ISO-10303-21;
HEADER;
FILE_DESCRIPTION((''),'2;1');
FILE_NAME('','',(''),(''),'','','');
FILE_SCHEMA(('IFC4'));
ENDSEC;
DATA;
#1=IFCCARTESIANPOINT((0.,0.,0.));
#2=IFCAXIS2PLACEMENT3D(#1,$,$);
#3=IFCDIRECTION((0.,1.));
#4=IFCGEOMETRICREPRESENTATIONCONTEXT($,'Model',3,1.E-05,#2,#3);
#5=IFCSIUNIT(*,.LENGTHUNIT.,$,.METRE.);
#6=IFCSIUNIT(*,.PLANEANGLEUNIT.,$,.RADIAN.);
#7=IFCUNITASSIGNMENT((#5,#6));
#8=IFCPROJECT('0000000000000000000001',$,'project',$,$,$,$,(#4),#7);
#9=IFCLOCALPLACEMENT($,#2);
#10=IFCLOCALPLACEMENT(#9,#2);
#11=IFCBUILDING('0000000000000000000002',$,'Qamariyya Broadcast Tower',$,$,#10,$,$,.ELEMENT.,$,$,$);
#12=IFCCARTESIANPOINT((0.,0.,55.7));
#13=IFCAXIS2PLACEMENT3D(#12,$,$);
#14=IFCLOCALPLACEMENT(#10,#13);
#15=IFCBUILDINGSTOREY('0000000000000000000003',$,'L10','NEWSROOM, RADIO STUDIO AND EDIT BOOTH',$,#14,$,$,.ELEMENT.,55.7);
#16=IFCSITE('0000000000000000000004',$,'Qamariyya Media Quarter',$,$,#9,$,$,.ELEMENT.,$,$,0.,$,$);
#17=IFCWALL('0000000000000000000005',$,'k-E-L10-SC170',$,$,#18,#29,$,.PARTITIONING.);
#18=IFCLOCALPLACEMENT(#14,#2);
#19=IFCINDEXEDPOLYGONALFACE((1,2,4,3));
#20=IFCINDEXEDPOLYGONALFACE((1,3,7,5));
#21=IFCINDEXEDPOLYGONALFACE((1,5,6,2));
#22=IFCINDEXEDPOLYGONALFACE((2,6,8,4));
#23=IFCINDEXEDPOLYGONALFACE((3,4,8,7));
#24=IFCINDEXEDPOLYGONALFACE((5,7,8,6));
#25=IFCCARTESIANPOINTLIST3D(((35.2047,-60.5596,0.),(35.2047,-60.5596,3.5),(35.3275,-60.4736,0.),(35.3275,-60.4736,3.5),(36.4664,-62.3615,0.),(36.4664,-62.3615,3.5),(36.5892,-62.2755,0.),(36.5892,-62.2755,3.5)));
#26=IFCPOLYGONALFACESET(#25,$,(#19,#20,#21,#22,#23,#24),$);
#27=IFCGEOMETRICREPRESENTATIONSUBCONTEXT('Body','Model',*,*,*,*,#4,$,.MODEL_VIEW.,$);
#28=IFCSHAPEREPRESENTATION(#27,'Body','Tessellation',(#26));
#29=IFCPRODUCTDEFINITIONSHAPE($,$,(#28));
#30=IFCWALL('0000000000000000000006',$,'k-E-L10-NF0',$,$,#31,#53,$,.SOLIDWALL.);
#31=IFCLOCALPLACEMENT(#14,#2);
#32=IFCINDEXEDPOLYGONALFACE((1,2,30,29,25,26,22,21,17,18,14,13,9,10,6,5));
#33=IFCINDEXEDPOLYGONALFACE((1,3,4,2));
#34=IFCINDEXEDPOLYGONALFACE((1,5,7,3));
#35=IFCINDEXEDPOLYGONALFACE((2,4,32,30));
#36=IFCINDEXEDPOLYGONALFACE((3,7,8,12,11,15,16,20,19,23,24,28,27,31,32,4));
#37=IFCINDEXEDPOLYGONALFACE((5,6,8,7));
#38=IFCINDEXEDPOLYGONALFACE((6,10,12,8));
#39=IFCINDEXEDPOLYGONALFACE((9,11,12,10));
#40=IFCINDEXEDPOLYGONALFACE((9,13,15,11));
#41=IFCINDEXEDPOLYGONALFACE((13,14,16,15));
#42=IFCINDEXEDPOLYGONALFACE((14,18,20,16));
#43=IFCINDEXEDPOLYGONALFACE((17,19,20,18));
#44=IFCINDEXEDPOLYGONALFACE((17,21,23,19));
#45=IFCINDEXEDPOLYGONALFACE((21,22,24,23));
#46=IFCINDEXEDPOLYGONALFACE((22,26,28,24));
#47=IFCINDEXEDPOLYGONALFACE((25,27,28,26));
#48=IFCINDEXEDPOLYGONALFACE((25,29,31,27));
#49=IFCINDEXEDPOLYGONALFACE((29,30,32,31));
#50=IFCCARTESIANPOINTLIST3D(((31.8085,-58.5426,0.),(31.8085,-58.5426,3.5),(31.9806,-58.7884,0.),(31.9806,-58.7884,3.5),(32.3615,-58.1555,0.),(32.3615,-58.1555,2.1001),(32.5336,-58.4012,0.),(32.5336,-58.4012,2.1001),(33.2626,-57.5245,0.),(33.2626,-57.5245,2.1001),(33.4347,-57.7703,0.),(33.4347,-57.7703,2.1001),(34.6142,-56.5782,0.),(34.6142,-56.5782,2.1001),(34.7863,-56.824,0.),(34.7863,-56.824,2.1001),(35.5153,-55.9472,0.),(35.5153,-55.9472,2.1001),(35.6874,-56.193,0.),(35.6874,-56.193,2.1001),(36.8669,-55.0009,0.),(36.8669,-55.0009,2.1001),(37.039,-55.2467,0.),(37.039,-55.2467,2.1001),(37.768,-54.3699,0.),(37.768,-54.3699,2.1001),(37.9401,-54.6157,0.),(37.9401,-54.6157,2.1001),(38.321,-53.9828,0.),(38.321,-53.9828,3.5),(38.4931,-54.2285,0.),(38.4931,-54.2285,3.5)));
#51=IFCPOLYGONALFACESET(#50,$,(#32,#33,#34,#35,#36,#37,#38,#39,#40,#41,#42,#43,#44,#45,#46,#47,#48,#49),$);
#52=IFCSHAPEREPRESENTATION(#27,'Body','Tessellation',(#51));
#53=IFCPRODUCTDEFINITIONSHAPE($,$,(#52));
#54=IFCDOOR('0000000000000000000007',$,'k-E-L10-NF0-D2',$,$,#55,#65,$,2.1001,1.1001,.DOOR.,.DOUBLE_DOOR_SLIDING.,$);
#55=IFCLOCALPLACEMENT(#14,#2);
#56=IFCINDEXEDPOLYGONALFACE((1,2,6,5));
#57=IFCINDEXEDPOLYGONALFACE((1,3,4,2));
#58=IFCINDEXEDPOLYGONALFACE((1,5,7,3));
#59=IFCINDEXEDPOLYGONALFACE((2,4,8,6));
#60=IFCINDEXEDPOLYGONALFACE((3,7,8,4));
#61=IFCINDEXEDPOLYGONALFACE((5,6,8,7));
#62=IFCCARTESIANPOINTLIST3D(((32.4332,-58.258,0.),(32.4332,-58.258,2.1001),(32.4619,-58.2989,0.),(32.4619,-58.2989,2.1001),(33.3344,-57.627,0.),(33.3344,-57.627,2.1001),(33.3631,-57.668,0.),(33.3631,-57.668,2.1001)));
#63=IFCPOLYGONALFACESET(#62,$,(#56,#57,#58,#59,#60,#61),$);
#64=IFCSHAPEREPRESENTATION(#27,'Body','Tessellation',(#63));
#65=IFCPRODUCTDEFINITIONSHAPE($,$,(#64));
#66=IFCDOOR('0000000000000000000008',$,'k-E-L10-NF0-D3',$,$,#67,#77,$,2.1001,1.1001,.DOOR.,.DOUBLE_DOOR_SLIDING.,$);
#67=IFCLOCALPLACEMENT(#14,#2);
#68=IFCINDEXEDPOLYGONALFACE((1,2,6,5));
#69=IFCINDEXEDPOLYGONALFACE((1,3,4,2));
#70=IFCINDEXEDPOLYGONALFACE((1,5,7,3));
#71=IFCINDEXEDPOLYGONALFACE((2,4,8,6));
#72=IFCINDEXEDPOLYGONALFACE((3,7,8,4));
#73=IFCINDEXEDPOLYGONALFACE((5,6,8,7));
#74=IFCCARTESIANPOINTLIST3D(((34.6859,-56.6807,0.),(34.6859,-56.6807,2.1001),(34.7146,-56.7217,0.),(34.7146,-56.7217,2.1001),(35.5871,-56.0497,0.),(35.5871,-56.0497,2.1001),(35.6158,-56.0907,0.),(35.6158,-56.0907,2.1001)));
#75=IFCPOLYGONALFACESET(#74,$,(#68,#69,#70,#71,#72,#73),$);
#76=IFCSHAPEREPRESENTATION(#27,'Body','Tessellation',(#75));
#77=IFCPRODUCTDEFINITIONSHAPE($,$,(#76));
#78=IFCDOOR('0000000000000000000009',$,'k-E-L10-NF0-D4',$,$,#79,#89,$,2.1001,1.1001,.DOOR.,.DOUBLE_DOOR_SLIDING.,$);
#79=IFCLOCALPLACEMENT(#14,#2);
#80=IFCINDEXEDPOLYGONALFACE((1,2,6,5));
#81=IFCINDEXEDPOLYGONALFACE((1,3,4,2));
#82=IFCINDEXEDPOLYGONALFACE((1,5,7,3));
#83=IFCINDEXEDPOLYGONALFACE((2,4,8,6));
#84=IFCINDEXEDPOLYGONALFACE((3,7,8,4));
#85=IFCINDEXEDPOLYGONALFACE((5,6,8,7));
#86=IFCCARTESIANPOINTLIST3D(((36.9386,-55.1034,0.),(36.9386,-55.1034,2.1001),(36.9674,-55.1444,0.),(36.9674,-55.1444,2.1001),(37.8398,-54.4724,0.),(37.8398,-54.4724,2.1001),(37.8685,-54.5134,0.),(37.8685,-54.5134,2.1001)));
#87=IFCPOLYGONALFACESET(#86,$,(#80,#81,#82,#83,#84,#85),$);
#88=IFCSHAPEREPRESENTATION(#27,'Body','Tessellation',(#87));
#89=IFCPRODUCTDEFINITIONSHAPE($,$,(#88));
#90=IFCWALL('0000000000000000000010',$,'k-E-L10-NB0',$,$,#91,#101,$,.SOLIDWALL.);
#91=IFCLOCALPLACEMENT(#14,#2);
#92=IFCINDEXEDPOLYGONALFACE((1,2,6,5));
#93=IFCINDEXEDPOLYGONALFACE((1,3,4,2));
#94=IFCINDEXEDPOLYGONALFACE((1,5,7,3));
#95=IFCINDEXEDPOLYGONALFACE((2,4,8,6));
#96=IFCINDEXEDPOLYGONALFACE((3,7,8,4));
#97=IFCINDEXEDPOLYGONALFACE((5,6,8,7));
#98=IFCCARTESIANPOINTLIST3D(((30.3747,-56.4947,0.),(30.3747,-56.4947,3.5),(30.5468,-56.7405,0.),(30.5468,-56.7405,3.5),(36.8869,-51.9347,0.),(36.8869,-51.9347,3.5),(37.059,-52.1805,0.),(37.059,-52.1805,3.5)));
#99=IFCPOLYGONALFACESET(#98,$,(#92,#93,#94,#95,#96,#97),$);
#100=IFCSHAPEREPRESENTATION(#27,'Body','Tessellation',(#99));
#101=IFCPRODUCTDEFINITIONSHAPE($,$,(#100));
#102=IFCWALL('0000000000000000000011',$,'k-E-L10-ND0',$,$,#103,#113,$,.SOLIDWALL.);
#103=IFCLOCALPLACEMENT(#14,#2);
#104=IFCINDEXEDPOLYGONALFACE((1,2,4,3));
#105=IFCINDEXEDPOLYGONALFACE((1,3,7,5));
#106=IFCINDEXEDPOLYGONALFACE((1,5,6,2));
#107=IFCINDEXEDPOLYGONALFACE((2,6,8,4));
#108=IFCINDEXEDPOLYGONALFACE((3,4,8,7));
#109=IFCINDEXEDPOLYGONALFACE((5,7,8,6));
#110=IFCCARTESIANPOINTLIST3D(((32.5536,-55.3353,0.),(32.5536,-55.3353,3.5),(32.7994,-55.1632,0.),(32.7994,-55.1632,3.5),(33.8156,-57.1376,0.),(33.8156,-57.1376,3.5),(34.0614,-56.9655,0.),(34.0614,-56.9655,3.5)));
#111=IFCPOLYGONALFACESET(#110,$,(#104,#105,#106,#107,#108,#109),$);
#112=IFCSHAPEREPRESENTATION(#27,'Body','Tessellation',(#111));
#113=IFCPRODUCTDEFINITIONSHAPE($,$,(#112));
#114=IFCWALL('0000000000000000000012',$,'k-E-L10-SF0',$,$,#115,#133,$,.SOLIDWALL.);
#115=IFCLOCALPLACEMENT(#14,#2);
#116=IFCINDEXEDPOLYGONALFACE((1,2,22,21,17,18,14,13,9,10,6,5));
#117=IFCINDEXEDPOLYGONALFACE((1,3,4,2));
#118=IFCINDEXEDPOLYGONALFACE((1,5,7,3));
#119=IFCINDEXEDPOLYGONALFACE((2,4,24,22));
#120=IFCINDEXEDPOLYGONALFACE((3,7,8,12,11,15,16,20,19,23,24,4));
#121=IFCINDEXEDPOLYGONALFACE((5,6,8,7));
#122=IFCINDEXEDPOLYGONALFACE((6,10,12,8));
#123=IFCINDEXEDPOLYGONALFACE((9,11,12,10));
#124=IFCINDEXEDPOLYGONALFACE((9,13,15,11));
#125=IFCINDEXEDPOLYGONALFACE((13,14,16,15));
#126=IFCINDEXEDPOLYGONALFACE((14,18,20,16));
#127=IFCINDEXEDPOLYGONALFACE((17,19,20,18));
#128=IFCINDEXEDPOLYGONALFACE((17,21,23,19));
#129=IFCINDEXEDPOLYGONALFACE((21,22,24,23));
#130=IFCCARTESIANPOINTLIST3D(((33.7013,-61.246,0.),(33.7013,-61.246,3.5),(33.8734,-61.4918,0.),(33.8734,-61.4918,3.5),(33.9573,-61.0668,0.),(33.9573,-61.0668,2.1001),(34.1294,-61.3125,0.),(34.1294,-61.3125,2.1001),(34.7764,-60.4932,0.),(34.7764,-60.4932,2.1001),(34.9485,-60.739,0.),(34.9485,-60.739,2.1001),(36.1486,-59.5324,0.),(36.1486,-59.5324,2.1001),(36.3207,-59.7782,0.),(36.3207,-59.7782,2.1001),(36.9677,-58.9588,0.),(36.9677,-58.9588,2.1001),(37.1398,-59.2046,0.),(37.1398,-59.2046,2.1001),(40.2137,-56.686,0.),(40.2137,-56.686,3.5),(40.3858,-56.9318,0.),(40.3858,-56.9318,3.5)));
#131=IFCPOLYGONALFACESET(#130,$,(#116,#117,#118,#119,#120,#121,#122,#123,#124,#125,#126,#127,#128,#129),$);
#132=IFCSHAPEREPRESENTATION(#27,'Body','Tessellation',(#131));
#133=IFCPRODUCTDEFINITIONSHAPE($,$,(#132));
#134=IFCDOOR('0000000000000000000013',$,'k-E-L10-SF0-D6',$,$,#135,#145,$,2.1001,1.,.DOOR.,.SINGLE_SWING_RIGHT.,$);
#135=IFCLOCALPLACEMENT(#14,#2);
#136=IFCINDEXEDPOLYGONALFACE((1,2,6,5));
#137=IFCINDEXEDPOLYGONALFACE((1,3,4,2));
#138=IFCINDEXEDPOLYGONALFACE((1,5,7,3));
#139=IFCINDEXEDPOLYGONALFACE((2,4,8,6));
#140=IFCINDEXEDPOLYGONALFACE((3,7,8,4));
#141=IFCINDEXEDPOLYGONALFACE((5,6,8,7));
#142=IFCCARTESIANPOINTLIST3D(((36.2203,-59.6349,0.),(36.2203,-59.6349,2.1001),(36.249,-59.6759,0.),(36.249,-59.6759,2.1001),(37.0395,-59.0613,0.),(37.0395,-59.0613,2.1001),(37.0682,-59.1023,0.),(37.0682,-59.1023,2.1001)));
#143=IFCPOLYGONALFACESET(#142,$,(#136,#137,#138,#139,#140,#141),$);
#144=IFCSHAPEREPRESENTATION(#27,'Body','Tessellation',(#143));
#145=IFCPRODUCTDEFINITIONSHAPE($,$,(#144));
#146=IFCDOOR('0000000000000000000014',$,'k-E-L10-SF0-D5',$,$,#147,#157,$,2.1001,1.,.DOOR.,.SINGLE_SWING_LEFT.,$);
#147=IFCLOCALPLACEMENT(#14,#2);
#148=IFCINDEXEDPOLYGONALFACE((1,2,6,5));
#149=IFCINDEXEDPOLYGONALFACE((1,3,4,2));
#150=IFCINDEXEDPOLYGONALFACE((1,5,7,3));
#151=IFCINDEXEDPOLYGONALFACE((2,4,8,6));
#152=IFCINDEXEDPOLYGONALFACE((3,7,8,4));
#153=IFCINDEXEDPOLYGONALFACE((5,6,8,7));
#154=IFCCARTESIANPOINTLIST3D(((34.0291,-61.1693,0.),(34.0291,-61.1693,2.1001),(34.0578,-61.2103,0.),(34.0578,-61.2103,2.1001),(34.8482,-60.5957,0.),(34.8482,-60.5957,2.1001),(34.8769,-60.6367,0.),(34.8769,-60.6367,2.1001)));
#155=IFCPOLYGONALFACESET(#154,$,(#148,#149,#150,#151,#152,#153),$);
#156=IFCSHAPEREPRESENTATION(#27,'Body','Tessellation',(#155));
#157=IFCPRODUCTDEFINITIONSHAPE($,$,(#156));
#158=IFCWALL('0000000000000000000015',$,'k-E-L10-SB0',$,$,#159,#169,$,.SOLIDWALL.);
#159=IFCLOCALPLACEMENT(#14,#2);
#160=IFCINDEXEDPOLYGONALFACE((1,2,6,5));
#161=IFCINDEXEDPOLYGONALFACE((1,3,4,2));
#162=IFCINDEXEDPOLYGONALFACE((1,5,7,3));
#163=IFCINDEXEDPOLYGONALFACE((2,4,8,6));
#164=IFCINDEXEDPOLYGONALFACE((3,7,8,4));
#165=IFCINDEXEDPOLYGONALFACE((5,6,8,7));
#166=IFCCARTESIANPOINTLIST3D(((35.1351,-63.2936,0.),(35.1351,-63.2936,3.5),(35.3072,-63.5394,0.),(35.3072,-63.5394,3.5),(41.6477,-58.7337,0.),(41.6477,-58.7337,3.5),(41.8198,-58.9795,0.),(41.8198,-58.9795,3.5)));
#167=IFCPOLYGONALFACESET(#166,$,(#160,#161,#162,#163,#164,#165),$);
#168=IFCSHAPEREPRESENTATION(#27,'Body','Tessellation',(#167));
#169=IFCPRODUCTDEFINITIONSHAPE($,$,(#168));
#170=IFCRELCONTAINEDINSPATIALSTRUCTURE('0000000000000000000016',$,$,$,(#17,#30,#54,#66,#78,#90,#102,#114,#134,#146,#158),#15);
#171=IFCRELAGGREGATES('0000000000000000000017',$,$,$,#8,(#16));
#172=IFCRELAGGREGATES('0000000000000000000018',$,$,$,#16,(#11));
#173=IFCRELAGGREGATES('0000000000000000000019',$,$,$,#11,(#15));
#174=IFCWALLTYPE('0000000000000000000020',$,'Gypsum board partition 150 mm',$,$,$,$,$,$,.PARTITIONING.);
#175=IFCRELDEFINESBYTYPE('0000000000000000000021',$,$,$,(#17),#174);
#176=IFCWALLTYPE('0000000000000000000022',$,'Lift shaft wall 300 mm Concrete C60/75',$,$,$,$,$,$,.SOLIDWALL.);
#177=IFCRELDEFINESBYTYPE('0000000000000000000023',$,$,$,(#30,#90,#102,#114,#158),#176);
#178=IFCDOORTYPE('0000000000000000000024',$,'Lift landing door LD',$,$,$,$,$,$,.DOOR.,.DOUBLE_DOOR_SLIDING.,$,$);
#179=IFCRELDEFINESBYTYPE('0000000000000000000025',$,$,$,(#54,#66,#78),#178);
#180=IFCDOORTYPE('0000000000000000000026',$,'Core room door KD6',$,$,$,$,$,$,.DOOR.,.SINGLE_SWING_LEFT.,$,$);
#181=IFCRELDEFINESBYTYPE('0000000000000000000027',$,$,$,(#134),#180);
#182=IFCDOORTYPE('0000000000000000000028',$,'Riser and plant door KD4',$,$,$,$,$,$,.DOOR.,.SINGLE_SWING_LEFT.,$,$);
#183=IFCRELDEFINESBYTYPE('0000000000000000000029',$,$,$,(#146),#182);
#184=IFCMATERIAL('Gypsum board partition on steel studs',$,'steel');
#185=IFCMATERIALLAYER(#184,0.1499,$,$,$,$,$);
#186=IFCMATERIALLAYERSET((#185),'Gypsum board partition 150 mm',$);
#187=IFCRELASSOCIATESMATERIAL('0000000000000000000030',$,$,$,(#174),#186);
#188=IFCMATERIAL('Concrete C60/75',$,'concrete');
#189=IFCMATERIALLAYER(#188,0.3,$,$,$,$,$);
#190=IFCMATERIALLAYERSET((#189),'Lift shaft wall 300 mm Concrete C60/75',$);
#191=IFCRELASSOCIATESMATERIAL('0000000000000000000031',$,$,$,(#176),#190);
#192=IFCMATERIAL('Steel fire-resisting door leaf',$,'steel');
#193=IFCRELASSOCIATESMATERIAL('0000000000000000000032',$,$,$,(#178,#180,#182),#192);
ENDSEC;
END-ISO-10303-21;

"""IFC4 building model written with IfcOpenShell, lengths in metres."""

from ifc_helpers import new_model, si_unit, direction, frame, frame_2d, origin, place, context, subcontext, project, spatial, rectangle, extrude, material, layer, layer_set, type_object, element, fill, save


model = new_model("IFC4")

# Units and contexts
model_context = context("Model", 3, precision=1e-05, world=origin(), true_north=direction((0.0, 1.0)))
body_context = subcontext(model_context, "Body", "Model", "MODEL_VIEW")
ifc_project = project(units=[si_unit("LENGTHUNIT", "METRE"), si_unit("PLANEANGLEUNIT", "RADIAN")], contexts=[model_context])

# Site, building, storey
site_placement = place(None, origin())
site = spatial("IfcSite", under=ifc_project, at=site_placement, Name="Qamariyya Media Quarter", CompositionType="ELEMENT", RefElevation=0.0)
building_placement = place(site_placement, origin())
building = spatial("IfcBuilding", under=site, at=building_placement, Name="Qamariyya Broadcast Tower", CompositionType="ELEMENT")
storey_placement = place(building_placement, frame((0.0, 0.0, 55.7)))
storey = spatial("IfcBuildingStorey", under=building, at=storey_placement, Name="L10", Description="NEWSROOM, RADIO STUDIO AND EDIT BOOTH", CompositionType="ELEMENT", Elevation=55.7)

# Wall
ifc_material_1 = material(Name="Gypsum board partition on steel studs", Category="steel")
ifc_layer_1 = layer(ifc_material_1, 0.1499)
ifc_layer_set_1 = layer_set([ifc_layer_1], Name="Gypsum board partition 150 mm")
wall_type_1 = type_object("IfcWallType", Name="Gypsum board partition 150 mm", PredefinedType="PARTITIONING", material=ifc_layer_set_1)
wall_1_placement = place(storey_placement, frame((35.2661, -60.5166, 0.0), z_axis=(0.0, 0.0, 1.0), x_axis=(0.573559, -0.819164, 0.0)))
element("IfcWall", 1, at=wall_1_placement, inside=storey, type_object=wall_type_1, Name="k-E-L10-SC170", PredefinedType="PARTITIONING", context=body_context, shape_type="SweptSolid", body=[
    extrude(rectangle(XDim=2.1997, YDim=0.1499, at=frame_2d((1.0999, 0.0))), origin(), (0.0, 0.0, 1.0), 3.5),
])

# Wall, openings, doors
ifc_material_2 = material(Name="Concrete C60/75", Category="concrete")
ifc_layer_2 = layer(ifc_material_2, 0.3)
ifc_layer_set_2 = layer_set([ifc_layer_2], Name="Lift shaft wall 300 mm Concrete C60/75")
wall_type_2 = type_object("IfcWallType", Name="Lift shaft wall 300 mm Concrete C60/75", PredefinedType="SOLIDWALL", material=ifc_layer_set_2)
wall_2_placement = place(storey_placement, frame((31.8945, -58.6655, 0.0), z_axis=(0.0, 0.0, 1.0), x_axis=(0.819167, 0.573555, 0.0)))
wall_2 = element("IfcWall", 2, at=wall_2_placement, inside=storey, type_object=wall_type_2, Name="k-E-L10-NF0", PredefinedType="SOLIDWALL", context=body_context, shape_type="SweptSolid", body=[
    extrude(rectangle(XDim=7.9502, YDim=0.3, at=frame_2d((3.9751, 0.0))), origin(), (0.0, 0.0, 1.0), 3.5),
])
opening_1_placement = place(wall_2_placement, frame((0.675, 0.0, 0.0)))
opening_1 = element("IfcOpeningElement", 3, at=opening_1_placement, cuts=wall_2, PredefinedType="OPENING", context=body_context, shape_type="SweptSolid", body=[
    extrude(rectangle(XDim=1.1001, YDim=2.1001, at=frame_2d((0.55, 1.05))), frame((0.0, 0.1599, 0.0), z_axis=(0.0, -1.0, 0.0), x_axis=(1.0, 0.0, 0.0)), (0.0, 0.0, 1.0), 0.3201),
])
opening_2_placement = place(wall_2_placement, frame((3.425, 0.0, 0.0)))
opening_2 = element("IfcOpeningElement", 4, at=opening_2_placement, cuts=wall_2, PredefinedType="OPENING", context=body_context, shape_type="SweptSolid", body=[
    extrude(rectangle(XDim=1.1001, YDim=2.1001, at=frame_2d((0.55, 1.05))), frame((0.0, 0.1599, 0.0), z_axis=(0.0, -1.0, 0.0), x_axis=(1.0, 0.0, 0.0)), (0.0, 0.0, 1.0), 0.3201),
])
opening_3_placement = place(wall_2_placement, frame((6.175, 0.0, 0.0)))
opening_3 = element("IfcOpeningElement", 5, at=opening_3_placement, cuts=wall_2, PredefinedType="OPENING", context=body_context, shape_type="SweptSolid", body=[
    extrude(rectangle(XDim=1.1001, YDim=2.1001, at=frame_2d((0.55, 1.05))), frame((0.0, 0.1599, 0.0), z_axis=(0.0, -1.0, 0.0), x_axis=(1.0, 0.0, 0.0)), (0.0, 0.0, 1.0), 0.3201),
])
ifc_material_3 = material(Name="Steel fire-resisting door leaf", Category="steel")
door_type_1 = type_object("IfcDoorType", Name="Lift landing door LD", OperationType="DOUBLE_DOOR_SLIDING", PredefinedType="DOOR", material=ifc_material_3)
door_1_placement = place(opening_1_placement, origin())
door_1 = element("IfcDoor", 6, at=door_1_placement, inside=storey, type_object=door_type_1, Name="k-E-L10-NF0-D2", OperationType="DOUBLE_DOOR_SLIDING", OverallHeight=2.1001, OverallWidth=1.1001, PredefinedType="DOOR", context=body_context, shape_type="SweptSolid", body=[
    extrude(rectangle(XDim=1.1001, YDim=2.1001, at=frame_2d((0.55, 1.05))), frame((0.0, 0.0249, 0.0), z_axis=(0.0, -1.0, 0.0), x_axis=(1.0, 0.0, 0.0)), (0.0, 0.0, 1.0), 0.05),
])
fill(opening_1, door_1)
door_2_placement = place(opening_2_placement, origin())
door_2 = element("IfcDoor", 7, at=door_2_placement, inside=storey, type_object=door_type_1, Name="k-E-L10-NF0-D3", OperationType="DOUBLE_DOOR_SLIDING", OverallHeight=2.1001, OverallWidth=1.1001, PredefinedType="DOOR", context=body_context, shape_type="SweptSolid", body=[
    extrude(rectangle(XDim=1.1001, YDim=2.1001, at=frame_2d((0.55, 1.05))), frame((0.0, 0.0249, 0.0), z_axis=(0.0, -1.0, 0.0), x_axis=(1.0, 0.0, 0.0)), (0.0, 0.0, 1.0), 0.05),
])
fill(opening_2, door_2)
door_3_placement = place(opening_3_placement, origin())
door_3 = element("IfcDoor", 8, at=door_3_placement, inside=storey, type_object=door_type_1, Name="k-E-L10-NF0-D4", OperationType="DOUBLE_DOOR_SLIDING", OverallHeight=2.1001, OverallWidth=1.1001, PredefinedType="DOOR", context=body_context, shape_type="SweptSolid", body=[
    extrude(rectangle(XDim=1.1001, YDim=2.1001, at=frame_2d((0.55, 1.05))), frame((0.0, 0.0249, 0.0), z_axis=(0.0, -1.0, 0.0), x_axis=(1.0, 0.0, 0.0)), (0.0, 0.0, 1.0), 0.05),
])
fill(opening_3, door_3)

# Walls
wall_3_placement = place(storey_placement, frame((30.4607, -56.6177, 0.0), z_axis=(0.0, 0.0, 1.0), x_axis=(0.819142, 0.57359, 0.0)))
element("IfcWall", 9, at=wall_3_placement, inside=storey, type_object=wall_type_2, Name="k-E-L10-NB0", PredefinedType="SOLIDWALL", context=body_context, shape_type="SweptSolid", body=[
    extrude(rectangle(XDim=7.95, YDim=0.3, at=frame_2d((3.9751, 0.0))), origin(), (0.0, 0.0, 1.0), 3.5),
])
wall_4_placement = place(storey_placement, frame((33.9385, -57.0515, 0.0), z_axis=(0.0, 0.0, 1.0), x_axis=(-0.573581, 0.819149, 0.0)))
element("IfcWall", 10, at=wall_4_placement, inside=storey, type_object=wall_type_2, Name="k-E-L10-ND0", PredefinedType="SOLIDWALL", context=body_context, shape_type="SweptSolid", body=[
    extrude(rectangle(XDim=2.2002, YDim=0.3, at=frame_2d((1.1001, 0.0))), origin(), (0.0, 0.0, 1.0), 3.5),
])

# Wall, openings, doors
wall_5_placement = place(storey_placement, frame((33.7874, -61.3689, 0.0), z_axis=(0.0, 0.0, 1.0), x_axis=(0.819153, 0.573576, 0.0)))
wall_5 = element("IfcWall", 11, at=wall_5_placement, inside=storey, type_object=wall_type_2, Name="k-E-L10-SF0", PredefinedType="SOLIDWALL", context=body_context, shape_type="SweptSolid", body=[
    extrude(rectangle(XDim=7.9502, YDim=0.3, at=frame_2d((3.9751, 0.0))), origin(), (0.0, 0.0, 1.0), 3.5),
])
opening_4_placement = place(wall_5_placement, frame((0.3125, 0.0, 0.0)))
opening_4 = element("IfcOpeningElement", 12, at=opening_4_placement, cuts=wall_5, PredefinedType="OPENING", context=body_context, shape_type="SweptSolid", body=[
    extrude(rectangle(XDim=1.0, YDim=2.1001, at=frame_2d((0.5, 1.05))), frame((0.0, 0.1599, 0.0), z_axis=(0.0, -1.0, 0.0), x_axis=(1.0, 0.0, 0.0)), (0.0, 0.0, 1.0), 0.3201),
])
opening_5_placement = place(wall_5_placement, frame((2.9875, 0.0, 0.0)))
opening_5 = element("IfcOpeningElement", 13, at=opening_5_placement, cuts=wall_5, PredefinedType="OPENING", context=body_context, shape_type="SweptSolid", body=[
    extrude(rectangle(XDim=1.0, YDim=2.1001, at=frame_2d((0.5, 1.05))), frame((0.0, 0.1599, 0.0), z_axis=(0.0, -1.0, 0.0), x_axis=(1.0, 0.0, 0.0)), (0.0, 0.0, 1.0), 0.3201),
])
door_type_2 = type_object("IfcDoorType", Name="Core room door KD6", OperationType="SINGLE_SWING_LEFT", PredefinedType="DOOR", material=ifc_material_3)
door_4_placement = place(opening_5_placement, origin())
door_4 = element("IfcDoor", 14, at=door_4_placement, inside=storey, type_object=door_type_2, Name="k-E-L10-SF0-D6", OperationType="SINGLE_SWING_RIGHT", OverallHeight=2.1001, OverallWidth=1.0, PredefinedType="DOOR", context=body_context, shape_type="SweptSolid", body=[
    extrude(rectangle(XDim=1.0, YDim=2.1001, at=frame_2d((0.5, 1.05))), frame((0.0, 0.0249, 0.0), z_axis=(0.0, -1.0, 0.0), x_axis=(1.0, 0.0, 0.0)), (0.0, 0.0, 1.0), 0.05),
])
fill(opening_5, door_4)
door_type_3 = type_object("IfcDoorType", Name="Riser and plant door KD4", OperationType="SINGLE_SWING_LEFT", PredefinedType="DOOR", material=ifc_material_3)
door_5_placement = place(opening_4_placement, origin())
door_5 = element("IfcDoor", 15, at=door_5_placement, inside=storey, type_object=door_type_3, Name="k-E-L10-SF0-D5", OperationType="SINGLE_SWING_LEFT", OverallHeight=2.1001, OverallWidth=1.0, PredefinedType="DOOR", context=body_context, shape_type="SweptSolid", body=[
    extrude(rectangle(XDim=1.0, YDim=2.1001, at=frame_2d((0.5, 1.05))), frame((0.0, 0.0249, 0.0), z_axis=(0.0, -1.0, 0.0), x_axis=(1.0, 0.0, 0.0)), (0.0, 0.0, 1.0), 0.05),
])
fill(opening_4, door_5)

# Wall
wall_6_placement = place(storey_placement, frame((35.2212, -63.4165, 0.0), z_axis=(0.0, 0.0, 1.0), x_axis=(0.819167, 0.573555, 0.0)))
element("IfcWall", 16, at=wall_6_placement, inside=storey, type_object=wall_type_2, Name="k-E-L10-SB0", PredefinedType="SOLIDWALL", context=body_context, shape_type="SweptSolid", body=[
    extrude(rectangle(XDim=7.9502, YDim=0.3, at=frame_2d((3.9751, 0.0))), origin(), (0.0, 0.0, 1.0), 3.5),
])

save(model, "model.ifc")
